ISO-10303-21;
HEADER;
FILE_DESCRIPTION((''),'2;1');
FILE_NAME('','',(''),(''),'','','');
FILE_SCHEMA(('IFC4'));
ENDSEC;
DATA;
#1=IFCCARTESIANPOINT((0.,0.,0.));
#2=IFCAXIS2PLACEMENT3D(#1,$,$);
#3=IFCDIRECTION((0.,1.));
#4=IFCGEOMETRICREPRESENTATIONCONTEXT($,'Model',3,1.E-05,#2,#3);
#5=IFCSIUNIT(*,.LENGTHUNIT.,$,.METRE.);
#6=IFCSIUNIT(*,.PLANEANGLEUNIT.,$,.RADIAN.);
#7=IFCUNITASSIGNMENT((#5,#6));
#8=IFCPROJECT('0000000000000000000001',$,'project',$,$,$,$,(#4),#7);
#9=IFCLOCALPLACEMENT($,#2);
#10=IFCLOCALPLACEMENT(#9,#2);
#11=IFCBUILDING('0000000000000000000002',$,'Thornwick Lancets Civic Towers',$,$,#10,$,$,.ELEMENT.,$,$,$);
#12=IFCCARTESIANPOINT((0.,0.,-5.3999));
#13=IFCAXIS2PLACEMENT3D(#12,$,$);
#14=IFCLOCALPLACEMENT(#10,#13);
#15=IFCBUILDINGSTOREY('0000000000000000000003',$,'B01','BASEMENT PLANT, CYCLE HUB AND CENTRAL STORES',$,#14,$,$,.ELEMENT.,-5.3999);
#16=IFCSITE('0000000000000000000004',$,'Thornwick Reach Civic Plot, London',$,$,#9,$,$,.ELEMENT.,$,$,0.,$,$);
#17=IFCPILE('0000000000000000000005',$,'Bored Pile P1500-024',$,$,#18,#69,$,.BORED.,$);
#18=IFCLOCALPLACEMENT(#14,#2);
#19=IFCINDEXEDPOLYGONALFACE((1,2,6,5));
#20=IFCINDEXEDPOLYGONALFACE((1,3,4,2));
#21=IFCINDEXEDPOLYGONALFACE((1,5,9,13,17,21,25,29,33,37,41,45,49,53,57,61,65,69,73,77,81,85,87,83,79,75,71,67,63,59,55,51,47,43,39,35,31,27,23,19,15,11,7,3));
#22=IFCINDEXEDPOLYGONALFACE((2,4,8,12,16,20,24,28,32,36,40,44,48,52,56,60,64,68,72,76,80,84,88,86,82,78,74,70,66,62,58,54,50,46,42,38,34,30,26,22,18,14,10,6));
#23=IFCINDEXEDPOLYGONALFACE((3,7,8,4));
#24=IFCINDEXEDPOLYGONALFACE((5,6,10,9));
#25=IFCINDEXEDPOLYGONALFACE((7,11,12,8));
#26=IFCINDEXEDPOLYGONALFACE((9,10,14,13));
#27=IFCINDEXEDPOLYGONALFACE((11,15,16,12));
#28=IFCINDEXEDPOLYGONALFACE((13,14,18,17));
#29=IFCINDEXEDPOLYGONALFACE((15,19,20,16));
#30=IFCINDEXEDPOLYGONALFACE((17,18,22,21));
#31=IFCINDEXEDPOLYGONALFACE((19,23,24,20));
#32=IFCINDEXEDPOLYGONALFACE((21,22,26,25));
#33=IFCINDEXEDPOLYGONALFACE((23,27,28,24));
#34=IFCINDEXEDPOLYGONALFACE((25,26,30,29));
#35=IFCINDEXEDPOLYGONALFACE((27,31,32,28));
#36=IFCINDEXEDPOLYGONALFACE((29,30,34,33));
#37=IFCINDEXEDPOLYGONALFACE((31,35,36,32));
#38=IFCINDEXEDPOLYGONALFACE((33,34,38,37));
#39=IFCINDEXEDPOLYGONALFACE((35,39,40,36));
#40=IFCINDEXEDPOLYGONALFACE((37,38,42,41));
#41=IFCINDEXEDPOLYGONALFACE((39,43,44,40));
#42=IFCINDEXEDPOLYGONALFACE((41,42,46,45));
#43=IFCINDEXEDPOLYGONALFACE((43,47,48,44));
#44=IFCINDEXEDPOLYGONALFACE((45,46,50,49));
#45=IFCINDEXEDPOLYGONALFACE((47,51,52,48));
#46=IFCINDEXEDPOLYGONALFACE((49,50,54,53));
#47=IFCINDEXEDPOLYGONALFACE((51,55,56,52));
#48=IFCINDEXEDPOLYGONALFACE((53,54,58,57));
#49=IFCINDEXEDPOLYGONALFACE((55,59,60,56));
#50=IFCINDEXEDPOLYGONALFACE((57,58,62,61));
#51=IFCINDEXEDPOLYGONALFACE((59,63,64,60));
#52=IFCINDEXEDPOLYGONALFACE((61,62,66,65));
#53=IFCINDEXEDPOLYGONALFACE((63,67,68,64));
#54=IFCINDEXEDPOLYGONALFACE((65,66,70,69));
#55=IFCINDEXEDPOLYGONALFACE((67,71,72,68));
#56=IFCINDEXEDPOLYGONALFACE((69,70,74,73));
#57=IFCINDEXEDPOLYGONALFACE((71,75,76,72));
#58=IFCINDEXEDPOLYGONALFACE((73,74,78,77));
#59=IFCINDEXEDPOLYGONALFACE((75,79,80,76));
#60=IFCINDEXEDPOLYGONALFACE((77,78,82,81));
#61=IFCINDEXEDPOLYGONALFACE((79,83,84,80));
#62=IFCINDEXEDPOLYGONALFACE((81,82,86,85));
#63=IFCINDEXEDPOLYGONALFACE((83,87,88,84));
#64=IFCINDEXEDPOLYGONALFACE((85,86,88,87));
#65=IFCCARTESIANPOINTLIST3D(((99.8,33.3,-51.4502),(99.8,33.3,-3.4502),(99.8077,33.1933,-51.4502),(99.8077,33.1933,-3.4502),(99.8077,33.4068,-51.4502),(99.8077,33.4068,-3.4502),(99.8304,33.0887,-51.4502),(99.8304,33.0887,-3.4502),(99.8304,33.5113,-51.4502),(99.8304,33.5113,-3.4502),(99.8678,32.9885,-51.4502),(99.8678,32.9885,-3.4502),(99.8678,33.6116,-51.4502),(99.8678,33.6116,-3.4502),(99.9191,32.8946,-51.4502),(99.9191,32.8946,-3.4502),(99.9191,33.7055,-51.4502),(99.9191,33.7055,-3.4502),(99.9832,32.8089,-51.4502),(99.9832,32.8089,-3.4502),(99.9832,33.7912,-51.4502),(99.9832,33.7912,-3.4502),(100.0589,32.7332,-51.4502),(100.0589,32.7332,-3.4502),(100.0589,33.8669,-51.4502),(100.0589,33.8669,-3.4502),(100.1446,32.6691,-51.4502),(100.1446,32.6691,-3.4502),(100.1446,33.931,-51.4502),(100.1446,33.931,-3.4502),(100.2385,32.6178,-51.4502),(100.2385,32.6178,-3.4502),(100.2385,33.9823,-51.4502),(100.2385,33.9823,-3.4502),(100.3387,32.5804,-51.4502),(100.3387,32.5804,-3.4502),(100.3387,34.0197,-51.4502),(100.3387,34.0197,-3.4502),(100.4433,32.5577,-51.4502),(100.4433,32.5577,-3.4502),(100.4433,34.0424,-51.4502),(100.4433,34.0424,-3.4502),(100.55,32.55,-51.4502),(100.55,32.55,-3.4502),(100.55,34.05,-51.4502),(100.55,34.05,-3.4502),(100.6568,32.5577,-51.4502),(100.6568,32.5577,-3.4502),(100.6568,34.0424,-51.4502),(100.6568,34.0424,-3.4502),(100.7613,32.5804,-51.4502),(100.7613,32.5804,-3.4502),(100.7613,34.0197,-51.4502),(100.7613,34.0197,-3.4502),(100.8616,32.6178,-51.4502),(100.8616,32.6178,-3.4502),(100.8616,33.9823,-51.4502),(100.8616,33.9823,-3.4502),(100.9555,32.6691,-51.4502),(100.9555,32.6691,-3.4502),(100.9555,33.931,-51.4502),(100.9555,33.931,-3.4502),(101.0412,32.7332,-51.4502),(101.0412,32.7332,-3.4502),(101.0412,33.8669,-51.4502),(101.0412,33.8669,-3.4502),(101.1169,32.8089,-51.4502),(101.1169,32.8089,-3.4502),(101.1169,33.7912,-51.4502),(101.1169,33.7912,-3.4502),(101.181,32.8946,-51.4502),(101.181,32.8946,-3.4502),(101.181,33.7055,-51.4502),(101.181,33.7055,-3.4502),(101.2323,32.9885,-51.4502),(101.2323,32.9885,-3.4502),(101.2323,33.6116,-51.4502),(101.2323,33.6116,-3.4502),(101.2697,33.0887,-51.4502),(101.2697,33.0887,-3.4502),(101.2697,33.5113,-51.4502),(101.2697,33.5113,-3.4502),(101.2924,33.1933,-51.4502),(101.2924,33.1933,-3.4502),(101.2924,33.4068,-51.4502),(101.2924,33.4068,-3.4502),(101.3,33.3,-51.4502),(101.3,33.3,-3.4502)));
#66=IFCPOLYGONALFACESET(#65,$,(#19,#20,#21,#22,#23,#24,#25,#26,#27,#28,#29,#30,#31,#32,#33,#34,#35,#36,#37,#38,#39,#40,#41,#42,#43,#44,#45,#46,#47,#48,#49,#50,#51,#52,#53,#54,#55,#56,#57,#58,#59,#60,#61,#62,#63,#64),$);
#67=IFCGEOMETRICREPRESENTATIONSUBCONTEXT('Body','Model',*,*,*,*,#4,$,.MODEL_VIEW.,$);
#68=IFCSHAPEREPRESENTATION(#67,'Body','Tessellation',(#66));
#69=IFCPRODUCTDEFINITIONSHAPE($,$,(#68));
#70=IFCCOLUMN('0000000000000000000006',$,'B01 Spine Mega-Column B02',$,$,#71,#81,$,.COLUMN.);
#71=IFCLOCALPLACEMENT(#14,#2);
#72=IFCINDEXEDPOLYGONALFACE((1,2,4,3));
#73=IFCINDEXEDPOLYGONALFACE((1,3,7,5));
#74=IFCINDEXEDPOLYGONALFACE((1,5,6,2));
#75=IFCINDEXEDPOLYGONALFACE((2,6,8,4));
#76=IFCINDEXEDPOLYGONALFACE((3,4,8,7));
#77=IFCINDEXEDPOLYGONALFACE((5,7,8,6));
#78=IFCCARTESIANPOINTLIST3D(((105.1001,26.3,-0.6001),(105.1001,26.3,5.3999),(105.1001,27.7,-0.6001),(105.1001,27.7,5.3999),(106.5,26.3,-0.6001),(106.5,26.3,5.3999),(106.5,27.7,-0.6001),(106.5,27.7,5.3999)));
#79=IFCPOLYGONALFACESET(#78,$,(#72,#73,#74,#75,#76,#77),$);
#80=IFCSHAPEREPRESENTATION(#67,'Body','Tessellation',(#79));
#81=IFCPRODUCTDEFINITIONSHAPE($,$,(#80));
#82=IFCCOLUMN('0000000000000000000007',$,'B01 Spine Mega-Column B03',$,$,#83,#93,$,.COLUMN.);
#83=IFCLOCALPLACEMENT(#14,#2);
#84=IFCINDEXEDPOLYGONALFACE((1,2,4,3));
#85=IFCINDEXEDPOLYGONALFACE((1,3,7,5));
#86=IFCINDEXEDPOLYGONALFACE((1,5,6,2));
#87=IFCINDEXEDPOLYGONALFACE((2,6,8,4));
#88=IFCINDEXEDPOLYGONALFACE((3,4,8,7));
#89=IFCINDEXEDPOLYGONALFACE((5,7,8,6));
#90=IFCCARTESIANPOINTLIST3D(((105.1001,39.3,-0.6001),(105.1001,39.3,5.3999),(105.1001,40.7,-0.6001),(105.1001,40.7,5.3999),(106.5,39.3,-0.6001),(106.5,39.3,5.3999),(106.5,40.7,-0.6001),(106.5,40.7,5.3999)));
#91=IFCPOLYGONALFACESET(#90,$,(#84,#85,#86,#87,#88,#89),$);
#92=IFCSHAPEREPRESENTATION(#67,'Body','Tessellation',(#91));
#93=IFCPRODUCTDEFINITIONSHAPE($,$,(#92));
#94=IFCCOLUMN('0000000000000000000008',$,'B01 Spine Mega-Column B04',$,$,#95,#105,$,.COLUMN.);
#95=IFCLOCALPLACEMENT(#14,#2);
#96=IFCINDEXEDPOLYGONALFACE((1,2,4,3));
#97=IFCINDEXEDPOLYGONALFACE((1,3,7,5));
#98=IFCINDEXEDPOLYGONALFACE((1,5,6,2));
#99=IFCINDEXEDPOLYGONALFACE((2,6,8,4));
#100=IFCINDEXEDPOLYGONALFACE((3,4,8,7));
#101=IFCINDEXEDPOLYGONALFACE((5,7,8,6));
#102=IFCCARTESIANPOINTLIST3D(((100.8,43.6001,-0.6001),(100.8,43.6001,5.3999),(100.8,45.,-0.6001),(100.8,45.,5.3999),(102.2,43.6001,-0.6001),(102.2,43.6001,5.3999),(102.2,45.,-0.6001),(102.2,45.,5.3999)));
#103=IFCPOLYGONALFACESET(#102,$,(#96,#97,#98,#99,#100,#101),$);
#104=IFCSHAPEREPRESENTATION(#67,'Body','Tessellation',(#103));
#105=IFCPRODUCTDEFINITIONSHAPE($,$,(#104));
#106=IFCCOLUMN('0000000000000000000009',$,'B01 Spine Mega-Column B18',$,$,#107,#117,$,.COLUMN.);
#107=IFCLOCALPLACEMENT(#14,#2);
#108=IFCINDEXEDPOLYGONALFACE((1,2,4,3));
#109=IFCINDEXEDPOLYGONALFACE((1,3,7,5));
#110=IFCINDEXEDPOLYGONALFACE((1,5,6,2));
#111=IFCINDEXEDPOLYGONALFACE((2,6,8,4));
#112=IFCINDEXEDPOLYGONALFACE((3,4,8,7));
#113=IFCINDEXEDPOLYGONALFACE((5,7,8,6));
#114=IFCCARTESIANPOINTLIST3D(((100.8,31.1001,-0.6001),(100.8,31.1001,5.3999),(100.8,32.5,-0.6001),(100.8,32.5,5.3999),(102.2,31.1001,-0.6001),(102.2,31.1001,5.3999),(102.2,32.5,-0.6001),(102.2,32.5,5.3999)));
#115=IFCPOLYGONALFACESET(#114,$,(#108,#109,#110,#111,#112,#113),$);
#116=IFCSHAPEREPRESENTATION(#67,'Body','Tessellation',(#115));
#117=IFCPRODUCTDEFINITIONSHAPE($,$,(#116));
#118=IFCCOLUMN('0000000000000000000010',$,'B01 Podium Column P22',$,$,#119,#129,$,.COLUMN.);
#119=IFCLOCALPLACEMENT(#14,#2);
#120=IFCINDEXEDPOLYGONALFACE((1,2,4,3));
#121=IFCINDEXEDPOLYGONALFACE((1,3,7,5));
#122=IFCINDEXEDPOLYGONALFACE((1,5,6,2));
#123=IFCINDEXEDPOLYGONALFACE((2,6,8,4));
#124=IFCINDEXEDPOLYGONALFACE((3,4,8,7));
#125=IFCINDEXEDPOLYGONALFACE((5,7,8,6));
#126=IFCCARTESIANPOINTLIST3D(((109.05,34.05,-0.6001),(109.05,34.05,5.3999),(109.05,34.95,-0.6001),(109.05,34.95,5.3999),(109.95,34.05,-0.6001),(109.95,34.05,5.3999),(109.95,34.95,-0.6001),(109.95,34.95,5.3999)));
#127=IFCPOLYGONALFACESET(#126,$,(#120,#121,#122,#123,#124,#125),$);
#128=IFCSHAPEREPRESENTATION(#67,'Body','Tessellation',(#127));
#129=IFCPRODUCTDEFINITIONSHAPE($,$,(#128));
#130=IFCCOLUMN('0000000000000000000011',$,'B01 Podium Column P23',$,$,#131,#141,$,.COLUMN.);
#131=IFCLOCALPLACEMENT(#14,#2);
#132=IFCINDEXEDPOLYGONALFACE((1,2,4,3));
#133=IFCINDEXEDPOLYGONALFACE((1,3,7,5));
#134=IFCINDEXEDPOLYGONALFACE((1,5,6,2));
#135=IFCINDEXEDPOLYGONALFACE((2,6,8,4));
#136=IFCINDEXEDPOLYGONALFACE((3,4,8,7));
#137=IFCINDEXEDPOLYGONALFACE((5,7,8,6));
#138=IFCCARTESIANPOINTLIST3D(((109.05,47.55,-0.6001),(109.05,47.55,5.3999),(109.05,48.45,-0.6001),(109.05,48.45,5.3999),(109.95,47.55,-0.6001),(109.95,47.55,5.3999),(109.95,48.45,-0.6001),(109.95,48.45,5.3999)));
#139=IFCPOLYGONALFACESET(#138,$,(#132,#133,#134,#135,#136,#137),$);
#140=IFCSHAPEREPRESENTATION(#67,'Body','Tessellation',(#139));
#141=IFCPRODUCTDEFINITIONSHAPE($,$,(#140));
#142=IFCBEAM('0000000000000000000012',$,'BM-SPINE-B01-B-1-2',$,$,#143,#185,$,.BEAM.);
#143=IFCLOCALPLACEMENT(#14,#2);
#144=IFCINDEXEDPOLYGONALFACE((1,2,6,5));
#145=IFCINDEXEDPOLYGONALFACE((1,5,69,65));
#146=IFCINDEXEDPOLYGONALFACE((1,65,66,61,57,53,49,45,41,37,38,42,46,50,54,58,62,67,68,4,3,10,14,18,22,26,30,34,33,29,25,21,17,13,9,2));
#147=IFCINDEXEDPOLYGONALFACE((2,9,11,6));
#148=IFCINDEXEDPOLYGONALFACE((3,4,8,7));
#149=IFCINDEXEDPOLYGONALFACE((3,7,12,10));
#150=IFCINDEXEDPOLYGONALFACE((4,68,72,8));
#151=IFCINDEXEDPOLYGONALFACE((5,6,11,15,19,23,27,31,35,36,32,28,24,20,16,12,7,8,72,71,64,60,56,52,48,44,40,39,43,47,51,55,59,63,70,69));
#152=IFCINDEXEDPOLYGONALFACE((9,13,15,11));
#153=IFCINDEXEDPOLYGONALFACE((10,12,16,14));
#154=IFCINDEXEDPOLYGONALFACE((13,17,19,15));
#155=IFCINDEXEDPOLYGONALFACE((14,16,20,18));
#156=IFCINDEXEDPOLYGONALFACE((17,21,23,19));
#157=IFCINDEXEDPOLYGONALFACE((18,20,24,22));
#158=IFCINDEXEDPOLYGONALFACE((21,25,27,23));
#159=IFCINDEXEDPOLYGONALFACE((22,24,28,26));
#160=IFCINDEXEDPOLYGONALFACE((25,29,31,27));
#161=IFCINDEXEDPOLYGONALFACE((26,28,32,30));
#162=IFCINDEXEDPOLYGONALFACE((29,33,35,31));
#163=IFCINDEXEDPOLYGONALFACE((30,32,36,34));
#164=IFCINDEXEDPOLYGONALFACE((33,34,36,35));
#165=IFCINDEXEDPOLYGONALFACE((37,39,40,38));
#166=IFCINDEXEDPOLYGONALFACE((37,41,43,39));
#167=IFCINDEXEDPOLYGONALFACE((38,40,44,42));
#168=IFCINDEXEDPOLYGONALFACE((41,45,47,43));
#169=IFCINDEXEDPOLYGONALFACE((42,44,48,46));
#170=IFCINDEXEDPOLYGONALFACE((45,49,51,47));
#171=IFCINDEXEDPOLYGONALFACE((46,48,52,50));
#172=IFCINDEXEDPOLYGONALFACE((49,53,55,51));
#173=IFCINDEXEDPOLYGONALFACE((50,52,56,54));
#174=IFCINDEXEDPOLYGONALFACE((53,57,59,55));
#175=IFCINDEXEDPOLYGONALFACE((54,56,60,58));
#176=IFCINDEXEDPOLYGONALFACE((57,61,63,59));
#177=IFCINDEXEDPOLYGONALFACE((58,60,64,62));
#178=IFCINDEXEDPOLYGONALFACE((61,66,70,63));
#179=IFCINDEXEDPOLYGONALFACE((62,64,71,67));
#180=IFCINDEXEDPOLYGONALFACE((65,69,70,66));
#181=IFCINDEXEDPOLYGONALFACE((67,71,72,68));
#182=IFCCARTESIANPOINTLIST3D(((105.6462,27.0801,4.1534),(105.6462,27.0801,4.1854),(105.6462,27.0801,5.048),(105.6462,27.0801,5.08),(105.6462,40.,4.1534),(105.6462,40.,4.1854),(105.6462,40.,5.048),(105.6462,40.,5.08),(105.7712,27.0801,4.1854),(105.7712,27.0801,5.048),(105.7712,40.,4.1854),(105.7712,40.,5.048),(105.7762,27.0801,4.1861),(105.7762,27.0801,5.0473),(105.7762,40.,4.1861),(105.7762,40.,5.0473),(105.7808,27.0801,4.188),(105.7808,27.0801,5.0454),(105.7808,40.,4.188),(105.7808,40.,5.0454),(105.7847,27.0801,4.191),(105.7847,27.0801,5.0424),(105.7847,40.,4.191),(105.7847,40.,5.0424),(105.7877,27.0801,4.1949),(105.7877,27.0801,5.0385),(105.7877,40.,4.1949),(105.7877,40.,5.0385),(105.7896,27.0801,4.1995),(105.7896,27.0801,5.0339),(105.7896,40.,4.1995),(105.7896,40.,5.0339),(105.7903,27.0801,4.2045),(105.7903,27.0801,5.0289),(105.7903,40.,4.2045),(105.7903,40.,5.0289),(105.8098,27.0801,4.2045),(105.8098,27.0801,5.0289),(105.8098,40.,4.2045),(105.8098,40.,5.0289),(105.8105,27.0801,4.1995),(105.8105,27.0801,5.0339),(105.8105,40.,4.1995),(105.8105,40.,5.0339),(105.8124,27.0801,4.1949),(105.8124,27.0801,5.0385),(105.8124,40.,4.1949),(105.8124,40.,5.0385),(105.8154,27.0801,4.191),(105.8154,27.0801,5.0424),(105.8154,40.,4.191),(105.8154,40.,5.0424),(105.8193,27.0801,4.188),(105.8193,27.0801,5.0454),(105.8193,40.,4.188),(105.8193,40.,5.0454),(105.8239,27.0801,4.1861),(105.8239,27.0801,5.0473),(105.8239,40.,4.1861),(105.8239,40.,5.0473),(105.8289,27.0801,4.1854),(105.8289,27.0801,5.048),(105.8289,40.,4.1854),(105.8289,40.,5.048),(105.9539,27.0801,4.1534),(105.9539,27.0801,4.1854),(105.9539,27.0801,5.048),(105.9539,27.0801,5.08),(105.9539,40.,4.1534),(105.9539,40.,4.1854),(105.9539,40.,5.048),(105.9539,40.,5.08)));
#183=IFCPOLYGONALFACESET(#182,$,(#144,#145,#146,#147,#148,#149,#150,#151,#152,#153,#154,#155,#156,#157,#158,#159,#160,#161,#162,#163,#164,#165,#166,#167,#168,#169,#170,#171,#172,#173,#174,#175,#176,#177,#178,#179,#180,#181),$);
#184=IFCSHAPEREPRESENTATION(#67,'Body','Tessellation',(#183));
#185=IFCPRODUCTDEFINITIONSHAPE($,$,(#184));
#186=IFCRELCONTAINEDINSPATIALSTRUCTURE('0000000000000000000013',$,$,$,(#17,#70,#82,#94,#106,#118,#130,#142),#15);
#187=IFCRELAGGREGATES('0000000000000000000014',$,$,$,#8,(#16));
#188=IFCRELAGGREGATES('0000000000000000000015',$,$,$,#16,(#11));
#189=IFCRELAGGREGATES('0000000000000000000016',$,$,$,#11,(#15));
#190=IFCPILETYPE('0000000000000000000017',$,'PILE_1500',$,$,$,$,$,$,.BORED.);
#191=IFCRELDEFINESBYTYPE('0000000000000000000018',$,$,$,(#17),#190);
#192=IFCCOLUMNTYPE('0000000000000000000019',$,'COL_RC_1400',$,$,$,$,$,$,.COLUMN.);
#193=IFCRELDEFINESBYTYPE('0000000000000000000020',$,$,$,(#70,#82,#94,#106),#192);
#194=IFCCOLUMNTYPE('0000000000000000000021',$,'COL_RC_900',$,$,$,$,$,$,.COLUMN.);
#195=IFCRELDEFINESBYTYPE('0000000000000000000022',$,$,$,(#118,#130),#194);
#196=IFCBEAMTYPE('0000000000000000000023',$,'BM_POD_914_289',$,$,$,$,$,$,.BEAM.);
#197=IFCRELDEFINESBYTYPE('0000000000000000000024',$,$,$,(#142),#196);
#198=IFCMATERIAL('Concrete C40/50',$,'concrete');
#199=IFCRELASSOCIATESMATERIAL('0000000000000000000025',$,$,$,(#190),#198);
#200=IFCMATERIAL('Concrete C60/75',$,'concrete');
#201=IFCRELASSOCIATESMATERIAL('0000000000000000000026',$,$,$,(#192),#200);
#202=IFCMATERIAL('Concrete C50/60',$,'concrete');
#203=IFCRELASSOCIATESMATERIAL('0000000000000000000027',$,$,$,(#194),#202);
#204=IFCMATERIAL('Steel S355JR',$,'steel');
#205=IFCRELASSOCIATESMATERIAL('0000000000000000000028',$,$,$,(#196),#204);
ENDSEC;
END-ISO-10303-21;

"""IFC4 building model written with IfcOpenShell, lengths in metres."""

from ifc_helpers import new_model, si_unit, direction, frame, origin, origin_2d, place, context, subcontext, project, spatial, rectangle, circle, i_section, extrude, material, material_profile, profile_set, type_object, element, save


model = new_model("IFC4")

# Units and contexts
model_context = context("Model", 3, precision=1e-05, world=origin(), true_north=direction((0.0, 1.0)))
body_context = subcontext(model_context, "Body", "Model", "MODEL_VIEW")
ifc_project = project(units=[si_unit("LENGTHUNIT", "METRE"), si_unit("PLANEANGLEUNIT", "RADIAN")], contexts=[model_context])

# Site, building, storey
site_placement = place(None, origin())
site = spatial("IfcSite", under=ifc_project, at=site_placement, Name="Thornwick Reach Civic Plot, London", CompositionType="ELEMENT", RefElevation=0.0)
building_placement = place(site_placement, origin())
building = spatial("IfcBuilding", under=site, at=building_placement, Name="Thornwick Lancets Civic Towers", CompositionType="ELEMENT")
storey_placement = place(building_placement, frame((0.0, 0.0, -5.3999)))
storey = spatial("IfcBuildingStorey", under=building, at=storey_placement, Name="B01", Description="BASEMENT PLANT, CYCLE HUB AND CENTRAL STORES", CompositionType="ELEMENT", Elevation=-5.3999)

# Shared definitions
ifc_material_1 = material(Name="Concrete C40/50", Category="concrete")

# Pile
ifc_material_profile_1 = material_profile(ifc_material_1, circle(Radius=0.75, at=origin_2d()), Name="PILE D1500")
ifc_profile_set_1 = profile_set([ifc_material_profile_1], Name="Concrete C40/50")
pile_type_1 = type_object("IfcPileType", Name="PILE_1500", PredefinedType="BORED", material=ifc_profile_set_1)
for number, where, z_axis, x_axis, name in (
    (1, (100.55, 33.3, -3.4502), (0.0, 0.0, -1.0), (1.0, 0.0, 0.0), "Bored Pile P1500-024"),
):
    element("IfcPile", number, at=place(storey_placement, frame(where, z_axis=z_axis, x_axis=x_axis)), inside=storey, type_object=pile_type_1, Name=name, PredefinedType="BORED", context=body_context, shape_type="SweptSolid", body=[
        extrude(circle(Radius=0.75, at=origin_2d()), origin(), (0.0, 0.0, 1.0), 48.0),
    ])

# Columns
ifc_material_2 = material(Name="Concrete C60/75", Category="concrete")
ifc_material_profile_2 = material_profile(ifc_material_2, rectangle(XDim=1.3999, YDim=1.3999, at=origin_2d()), Name="RC 1400x1400")
ifc_profile_set_2 = profile_set([ifc_material_profile_2], Name="Concrete C60/75")
column_type_1 = type_object("IfcColumnType", Name="COL_RC_1400", PredefinedType="COLUMN", material=ifc_profile_set_2)
for number, where, z_axis, x_axis, name in (
    (2, (105.8, 27.0, -0.6001), (0.0, 0.0, 1.0), (1.0, 0.0, 0.0), "B01 Spine Mega-Column B02"),
    (3, (105.8, 40.0, -0.6001), (0.0, 0.0, 1.0), (1.0, 0.0, 0.0), "B01 Spine Mega-Column B03"),
    (4, (101.5, 44.3, -0.6001), (0.0, 0.0, 1.0), (1.0, 0.0, 0.0), "B01 Spine Mega-Column B04"),
    (5, (101.5, 31.8, -0.6001), (0.0, 0.0, 1.0), (1.0, 0.0, 0.0), "B01 Spine Mega-Column B18"),
):
    element("IfcColumn", number, at=place(storey_placement, frame(where, z_axis=z_axis, x_axis=x_axis)), inside=storey, type_object=column_type_1, Name=name, PredefinedType="COLUMN", context=body_context, shape_type="SweptSolid", body=[
        extrude(rectangle(XDim=1.3999, YDim=1.3999, at=origin_2d()), origin(), (0.0, 0.0, 1.0), 6.0),
    ])
ifc_material_3 = material(Name="Concrete C50/60", Category="concrete")
ifc_material_profile_3 = material_profile(ifc_material_3, rectangle(XDim=0.8999, YDim=0.8999, at=origin_2d()), Name="RC 900x900")
ifc_profile_set_3 = profile_set([ifc_material_profile_3], Name="Concrete C50/60")
column_type_2 = type_object("IfcColumnType", Name="COL_RC_900", PredefinedType="COLUMN", material=ifc_profile_set_3)
for number, where, z_axis, x_axis, name in (
    (6, (109.5, 34.5, -0.6001), (0.0, 0.0, 1.0), (1.0, 0.0, 0.0), "B01 Podium Column P22"),
    (7, (109.5, 48.0, -0.6001), (0.0, 0.0, 1.0), (1.0, 0.0, 0.0), "B01 Podium Column P23"),
):
    element("IfcColumn", number, at=place(storey_placement, frame(where, z_axis=z_axis, x_axis=x_axis)), inside=storey, type_object=column_type_2, Name=name, PredefinedType="COLUMN", context=body_context, shape_type="SweptSolid", body=[
        extrude(rectangle(XDim=0.8999, YDim=0.8999, at=origin_2d()), origin(), (0.0, 0.0, 1.0), 6.0),
    ])

# Beam
ifc_material_4 = material(Name="Steel S355JR", Category="steel")
ifc_material_profile_4 = material_profile(ifc_material_4, i_section(OverallWidth=0.3076, OverallDepth=0.9265, WebThickness=0.0195, FlangeThickness=0.032, FilletRadius=0.019, at=origin_2d()), Name="UKB 914x305x289")
ifc_profile_set_4 = profile_set([ifc_material_profile_4], Name="Steel S355JR")
beam_type_1 = type_object("IfcBeamType", Name="BM_POD_914_289", PredefinedType="BEAM", material=ifc_profile_set_4)
beam_1_placement = place(storey_placement, frame((105.8, 27.0801, 4.6167), z_axis=(0.0, 1.0, 0.0), x_axis=(-1.0, 0.0, 0.0)))
element("IfcBeam", 8, at=beam_1_placement, inside=storey, type_object=beam_type_1, Name="BM-SPINE-B01-B-1-2", PredefinedType="BEAM", context=body_context, shape_type="SweptSolid", body=[
    extrude(i_section(OverallWidth=0.3076, OverallDepth=0.9265, WebThickness=0.0195, FlangeThickness=0.032, FilletRadius=0.019, at=origin_2d()), origin(), (0.0, 0.0, 1.0), 12.9199),
])

save(model, "model.ifc")
